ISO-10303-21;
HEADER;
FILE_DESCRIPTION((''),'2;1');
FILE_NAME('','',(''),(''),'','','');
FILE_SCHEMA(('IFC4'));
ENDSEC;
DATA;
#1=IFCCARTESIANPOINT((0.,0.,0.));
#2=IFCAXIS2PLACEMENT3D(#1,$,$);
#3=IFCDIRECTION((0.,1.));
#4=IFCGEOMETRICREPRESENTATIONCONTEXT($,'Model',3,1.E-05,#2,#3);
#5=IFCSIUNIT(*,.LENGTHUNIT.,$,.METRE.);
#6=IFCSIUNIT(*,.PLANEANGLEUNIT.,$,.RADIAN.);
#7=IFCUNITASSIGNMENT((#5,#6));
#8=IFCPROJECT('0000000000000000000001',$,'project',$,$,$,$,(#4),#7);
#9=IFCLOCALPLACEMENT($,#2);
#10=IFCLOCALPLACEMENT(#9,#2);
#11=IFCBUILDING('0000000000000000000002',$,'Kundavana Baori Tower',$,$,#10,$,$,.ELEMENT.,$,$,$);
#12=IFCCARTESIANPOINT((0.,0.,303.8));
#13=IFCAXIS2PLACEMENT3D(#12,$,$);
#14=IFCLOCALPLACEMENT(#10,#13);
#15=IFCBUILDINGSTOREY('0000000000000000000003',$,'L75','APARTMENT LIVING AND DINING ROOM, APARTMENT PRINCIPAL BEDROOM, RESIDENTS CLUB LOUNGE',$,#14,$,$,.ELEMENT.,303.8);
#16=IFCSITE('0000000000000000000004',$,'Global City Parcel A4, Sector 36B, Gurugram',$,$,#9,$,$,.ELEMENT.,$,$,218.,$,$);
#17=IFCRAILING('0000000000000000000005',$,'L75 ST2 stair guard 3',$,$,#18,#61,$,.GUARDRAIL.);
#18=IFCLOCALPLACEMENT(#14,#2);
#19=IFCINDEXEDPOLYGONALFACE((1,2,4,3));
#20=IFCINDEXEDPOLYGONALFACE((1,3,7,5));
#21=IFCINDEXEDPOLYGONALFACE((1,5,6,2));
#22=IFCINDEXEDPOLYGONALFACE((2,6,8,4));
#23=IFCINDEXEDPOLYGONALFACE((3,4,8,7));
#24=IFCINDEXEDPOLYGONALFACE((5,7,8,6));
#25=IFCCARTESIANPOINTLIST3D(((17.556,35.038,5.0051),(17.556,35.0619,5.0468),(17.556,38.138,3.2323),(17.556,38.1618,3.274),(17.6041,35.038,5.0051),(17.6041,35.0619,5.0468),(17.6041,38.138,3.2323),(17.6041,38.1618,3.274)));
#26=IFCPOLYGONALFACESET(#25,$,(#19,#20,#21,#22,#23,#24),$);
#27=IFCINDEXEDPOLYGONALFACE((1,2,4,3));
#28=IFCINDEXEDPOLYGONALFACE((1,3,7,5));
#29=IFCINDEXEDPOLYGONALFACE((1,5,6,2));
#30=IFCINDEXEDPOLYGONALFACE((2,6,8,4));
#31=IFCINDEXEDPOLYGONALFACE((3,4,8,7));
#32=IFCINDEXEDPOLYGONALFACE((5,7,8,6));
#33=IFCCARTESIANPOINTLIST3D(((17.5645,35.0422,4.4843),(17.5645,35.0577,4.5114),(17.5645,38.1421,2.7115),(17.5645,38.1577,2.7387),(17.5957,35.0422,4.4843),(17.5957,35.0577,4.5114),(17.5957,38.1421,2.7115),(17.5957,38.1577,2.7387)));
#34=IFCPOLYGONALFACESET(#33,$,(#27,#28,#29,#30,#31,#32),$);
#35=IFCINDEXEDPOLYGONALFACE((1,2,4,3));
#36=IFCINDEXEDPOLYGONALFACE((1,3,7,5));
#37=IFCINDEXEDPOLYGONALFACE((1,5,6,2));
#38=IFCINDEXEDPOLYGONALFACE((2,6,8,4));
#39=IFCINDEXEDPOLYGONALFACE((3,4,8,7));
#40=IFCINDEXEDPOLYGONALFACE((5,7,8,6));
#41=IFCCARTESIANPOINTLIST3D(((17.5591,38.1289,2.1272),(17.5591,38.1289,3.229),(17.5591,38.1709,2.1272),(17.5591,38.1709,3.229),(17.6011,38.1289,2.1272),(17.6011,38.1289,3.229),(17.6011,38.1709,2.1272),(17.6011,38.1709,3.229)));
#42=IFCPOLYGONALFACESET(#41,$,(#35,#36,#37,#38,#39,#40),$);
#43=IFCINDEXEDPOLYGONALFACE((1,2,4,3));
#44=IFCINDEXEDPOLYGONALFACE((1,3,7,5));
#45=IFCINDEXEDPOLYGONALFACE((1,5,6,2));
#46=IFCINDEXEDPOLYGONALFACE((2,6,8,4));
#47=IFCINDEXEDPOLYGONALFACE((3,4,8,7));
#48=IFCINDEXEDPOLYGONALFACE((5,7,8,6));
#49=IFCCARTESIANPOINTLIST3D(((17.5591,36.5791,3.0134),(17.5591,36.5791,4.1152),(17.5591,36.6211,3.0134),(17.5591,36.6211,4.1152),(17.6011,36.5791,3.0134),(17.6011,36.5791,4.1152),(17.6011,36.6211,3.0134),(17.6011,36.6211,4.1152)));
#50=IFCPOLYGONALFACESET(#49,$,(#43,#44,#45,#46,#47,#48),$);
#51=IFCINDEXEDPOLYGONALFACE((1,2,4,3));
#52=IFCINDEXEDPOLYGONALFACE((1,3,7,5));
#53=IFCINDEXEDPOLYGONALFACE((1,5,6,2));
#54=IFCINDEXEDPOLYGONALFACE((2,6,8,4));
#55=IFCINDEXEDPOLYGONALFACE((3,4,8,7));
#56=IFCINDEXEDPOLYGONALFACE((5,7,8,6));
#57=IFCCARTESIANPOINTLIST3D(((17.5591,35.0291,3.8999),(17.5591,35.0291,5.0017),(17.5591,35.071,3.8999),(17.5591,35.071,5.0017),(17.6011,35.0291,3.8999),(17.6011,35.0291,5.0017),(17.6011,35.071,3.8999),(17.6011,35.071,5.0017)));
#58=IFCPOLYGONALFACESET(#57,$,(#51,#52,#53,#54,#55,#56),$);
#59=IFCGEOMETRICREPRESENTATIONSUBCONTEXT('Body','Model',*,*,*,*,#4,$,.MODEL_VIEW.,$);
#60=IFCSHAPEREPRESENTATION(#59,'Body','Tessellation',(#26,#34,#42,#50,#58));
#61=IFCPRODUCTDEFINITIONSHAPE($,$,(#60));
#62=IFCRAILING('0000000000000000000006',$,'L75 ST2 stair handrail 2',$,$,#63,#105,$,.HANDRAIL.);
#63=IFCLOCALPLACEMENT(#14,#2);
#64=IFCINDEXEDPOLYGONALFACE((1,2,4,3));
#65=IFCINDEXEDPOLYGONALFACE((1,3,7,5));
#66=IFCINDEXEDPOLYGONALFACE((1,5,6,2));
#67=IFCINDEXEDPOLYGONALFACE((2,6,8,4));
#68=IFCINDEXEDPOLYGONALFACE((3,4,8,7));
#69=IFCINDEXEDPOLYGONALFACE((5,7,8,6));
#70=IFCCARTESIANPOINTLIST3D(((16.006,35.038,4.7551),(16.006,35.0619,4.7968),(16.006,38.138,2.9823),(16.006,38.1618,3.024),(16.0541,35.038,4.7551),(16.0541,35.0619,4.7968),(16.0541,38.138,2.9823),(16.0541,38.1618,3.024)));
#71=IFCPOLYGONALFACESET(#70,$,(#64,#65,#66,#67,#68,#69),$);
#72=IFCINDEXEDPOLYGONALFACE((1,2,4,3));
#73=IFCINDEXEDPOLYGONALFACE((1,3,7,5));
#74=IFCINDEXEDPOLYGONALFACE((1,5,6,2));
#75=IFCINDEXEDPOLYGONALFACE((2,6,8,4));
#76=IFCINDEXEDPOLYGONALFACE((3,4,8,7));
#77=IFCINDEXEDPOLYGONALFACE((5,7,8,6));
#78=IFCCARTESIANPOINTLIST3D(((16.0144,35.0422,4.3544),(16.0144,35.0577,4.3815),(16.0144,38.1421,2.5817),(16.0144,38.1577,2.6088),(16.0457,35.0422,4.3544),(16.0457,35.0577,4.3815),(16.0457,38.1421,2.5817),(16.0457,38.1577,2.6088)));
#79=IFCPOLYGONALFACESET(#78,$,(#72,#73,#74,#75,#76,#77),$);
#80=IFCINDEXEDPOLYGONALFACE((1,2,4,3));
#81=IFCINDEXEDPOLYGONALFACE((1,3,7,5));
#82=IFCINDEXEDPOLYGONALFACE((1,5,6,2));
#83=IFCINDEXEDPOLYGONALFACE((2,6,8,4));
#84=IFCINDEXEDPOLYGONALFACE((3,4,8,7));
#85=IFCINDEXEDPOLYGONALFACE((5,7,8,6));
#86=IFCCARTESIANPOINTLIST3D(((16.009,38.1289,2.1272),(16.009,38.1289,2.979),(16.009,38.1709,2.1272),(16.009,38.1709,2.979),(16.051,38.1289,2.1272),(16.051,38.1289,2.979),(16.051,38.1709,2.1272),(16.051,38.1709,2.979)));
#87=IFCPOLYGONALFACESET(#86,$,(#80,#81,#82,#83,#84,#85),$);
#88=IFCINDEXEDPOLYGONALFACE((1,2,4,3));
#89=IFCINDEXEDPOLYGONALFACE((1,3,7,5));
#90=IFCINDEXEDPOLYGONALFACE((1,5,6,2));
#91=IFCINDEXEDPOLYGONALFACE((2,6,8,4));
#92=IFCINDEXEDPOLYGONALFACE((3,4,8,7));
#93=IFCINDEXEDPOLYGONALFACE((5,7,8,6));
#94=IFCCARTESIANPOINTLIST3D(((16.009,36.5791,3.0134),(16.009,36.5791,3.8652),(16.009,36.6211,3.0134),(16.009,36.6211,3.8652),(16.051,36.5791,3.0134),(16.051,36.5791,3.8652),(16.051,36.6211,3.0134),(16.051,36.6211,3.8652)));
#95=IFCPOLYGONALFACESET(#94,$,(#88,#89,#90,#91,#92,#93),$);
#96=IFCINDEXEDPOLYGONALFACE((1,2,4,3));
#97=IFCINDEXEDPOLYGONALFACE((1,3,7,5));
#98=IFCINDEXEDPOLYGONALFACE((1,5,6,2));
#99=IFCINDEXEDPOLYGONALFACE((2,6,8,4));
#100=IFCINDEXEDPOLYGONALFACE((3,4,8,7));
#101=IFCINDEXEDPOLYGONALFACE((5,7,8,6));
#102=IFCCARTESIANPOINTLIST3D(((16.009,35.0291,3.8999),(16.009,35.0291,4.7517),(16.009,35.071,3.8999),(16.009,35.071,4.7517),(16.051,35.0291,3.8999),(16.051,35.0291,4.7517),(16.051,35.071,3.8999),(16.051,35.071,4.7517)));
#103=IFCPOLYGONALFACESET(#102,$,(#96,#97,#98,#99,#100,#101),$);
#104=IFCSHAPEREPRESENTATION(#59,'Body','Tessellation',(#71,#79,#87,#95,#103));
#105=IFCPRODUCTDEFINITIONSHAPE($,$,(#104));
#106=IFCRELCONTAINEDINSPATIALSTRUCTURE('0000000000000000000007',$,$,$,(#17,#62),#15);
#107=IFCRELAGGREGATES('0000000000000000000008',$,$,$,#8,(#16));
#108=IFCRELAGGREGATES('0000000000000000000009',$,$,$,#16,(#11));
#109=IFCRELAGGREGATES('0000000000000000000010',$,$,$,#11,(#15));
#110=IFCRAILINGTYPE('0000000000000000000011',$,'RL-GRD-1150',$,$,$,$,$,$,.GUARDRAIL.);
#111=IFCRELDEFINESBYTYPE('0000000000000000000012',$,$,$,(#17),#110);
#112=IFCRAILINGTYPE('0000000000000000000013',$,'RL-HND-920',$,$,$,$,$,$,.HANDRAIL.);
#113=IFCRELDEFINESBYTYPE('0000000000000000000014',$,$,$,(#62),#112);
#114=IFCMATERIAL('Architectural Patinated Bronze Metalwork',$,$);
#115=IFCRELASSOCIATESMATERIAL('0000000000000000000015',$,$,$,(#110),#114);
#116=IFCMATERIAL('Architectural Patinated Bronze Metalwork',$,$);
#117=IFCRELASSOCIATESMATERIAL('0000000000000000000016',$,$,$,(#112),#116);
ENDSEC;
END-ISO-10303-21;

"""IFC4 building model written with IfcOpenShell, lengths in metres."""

from ifc_helpers import new_model, si_unit, direction, frame, origin, origin_2d, place, context, subcontext, project, spatial, rectangle, extrude, material, type_object, element, save


model = new_model("IFC4")

# Units and contexts
model_context = context("Model", 3, precision=1e-05, world=origin(), true_north=direction((0.0, 1.0)))
body_context = subcontext(model_context, "Body", "Model", "MODEL_VIEW")
ifc_project = project(units=[si_unit("LENGTHUNIT", "METRE"), si_unit("PLANEANGLEUNIT", "RADIAN")], contexts=[model_context])

# Site, building, storey
site_placement = place(None, origin())
site = spatial("IfcSite", under=ifc_project, at=site_placement, Name="Global City Parcel A4, Sector 36B, Gurugram", CompositionType="ELEMENT", RefElevation=218.0)
building_placement = place(site_placement, origin())
building = spatial("IfcBuilding", under=site, at=building_placement, Name="Kundavana Baori Tower", CompositionType="ELEMENT")
storey_placement = place(building_placement, frame((0.0, 0.0, 303.8)))
storey = spatial("IfcBuildingStorey", under=building, at=storey_placement, Name="L75", Description="APARTMENT LIVING AND DINING ROOM, APARTMENT PRINCIPAL BEDROOM, RESIDENTS CLUB LOUNGE", CompositionType="ELEMENT", Elevation=303.8)

# Railings
ifc_material_1 = material(Name="Architectural Patinated Bronze Metalwork")
railing_type_1 = type_object("IfcRailingType", Name="RL-GRD-1150", PredefinedType="GUARDRAIL", material=ifc_material_1)
railing_1_placement = place(storey_placement, frame((17.5801, 38.1499, 2.1272)))
element("IfcRailing", 1, at=railing_1_placement, inside=storey, type_object=railing_type_1, Name="L75 ST2 stair guard 3", PredefinedType="GUARDRAIL", context=body_context, shape_type="SweptSolid", body=[
    extrude(rectangle(XDim=0.0481, YDim=0.0481, at=origin_2d()), frame((0.0, 0.0, 1.126), z_axis=(0.0, -0.868079, 0.496426), x_axis=(1.0, 0.0, 0.0)), (0.0, 0.0, 1.0), 3.571),
    extrude(rectangle(XDim=0.0312, YDim=0.0312, at=origin_2d()), frame((0.0, 0.0, 0.5979), z_axis=(0.0, -0.868079, 0.496426), x_axis=(1.0, 0.0, 0.0)), (0.0, 0.0, 1.0), 3.571),
    extrude(rectangle(XDim=0.042, YDim=0.042, at=origin_2d()), origin(), (0.0, 0.0, 1.0), 1.1018),
    extrude(rectangle(XDim=0.042, YDim=0.042, at=origin_2d()), frame((0.0, -1.5498, 0.8862)), (0.0, 0.0, 1.0), 1.1018),
    extrude(rectangle(XDim=0.042, YDim=0.042, at=origin_2d()), frame((0.0, -3.0999, 1.7727)), (0.0, 0.0, 1.0), 1.1018),
])
ifc_material_2 = material(Name="Architectural Patinated Bronze Metalwork")
railing_type_2 = type_object("IfcRailingType", Name="RL-HND-920", PredefinedType="HANDRAIL", material=ifc_material_2)
railing_2_placement = place(storey_placement, frame((16.03, 38.1499, 2.1272)))
element("IfcRailing", 2, at=railing_2_placement, inside=storey, type_object=railing_type_2, Name="L75 ST2 stair handrail 2", PredefinedType="HANDRAIL", context=body_context, shape_type="SweptSolid", body=[
    extrude(rectangle(XDim=0.0481, YDim=0.0481, at=origin_2d()), frame((0.0, 0.0, 0.876), z_axis=(0.0, -0.868079, 0.496426), x_axis=(1.0, 0.0, 0.0)), (0.0, 0.0, 1.0), 3.571),
    extrude(rectangle(XDim=0.0312, YDim=0.0312, at=origin_2d()), frame((0.0, 0.0, 0.468), z_axis=(0.0, -0.868079, 0.496426), x_axis=(1.0, 0.0, 0.0)), (0.0, 0.0, 1.0), 3.571),
    extrude(rectangle(XDim=0.042, YDim=0.042, at=origin_2d()), origin(), (0.0, 0.0, 1.0), 0.8518),
    extrude(rectangle(XDim=0.042, YDim=0.042, at=origin_2d()), frame((0.0, -1.5498, 0.8862)), (0.0, 0.0, 1.0), 0.8518),
    extrude(rectangle(XDim=0.042, YDim=0.042, at=origin_2d()), frame((0.0, -3.0999, 1.7727)), (0.0, 0.0, 1.0), 0.8518),
])

save(model, "model.ifc")
